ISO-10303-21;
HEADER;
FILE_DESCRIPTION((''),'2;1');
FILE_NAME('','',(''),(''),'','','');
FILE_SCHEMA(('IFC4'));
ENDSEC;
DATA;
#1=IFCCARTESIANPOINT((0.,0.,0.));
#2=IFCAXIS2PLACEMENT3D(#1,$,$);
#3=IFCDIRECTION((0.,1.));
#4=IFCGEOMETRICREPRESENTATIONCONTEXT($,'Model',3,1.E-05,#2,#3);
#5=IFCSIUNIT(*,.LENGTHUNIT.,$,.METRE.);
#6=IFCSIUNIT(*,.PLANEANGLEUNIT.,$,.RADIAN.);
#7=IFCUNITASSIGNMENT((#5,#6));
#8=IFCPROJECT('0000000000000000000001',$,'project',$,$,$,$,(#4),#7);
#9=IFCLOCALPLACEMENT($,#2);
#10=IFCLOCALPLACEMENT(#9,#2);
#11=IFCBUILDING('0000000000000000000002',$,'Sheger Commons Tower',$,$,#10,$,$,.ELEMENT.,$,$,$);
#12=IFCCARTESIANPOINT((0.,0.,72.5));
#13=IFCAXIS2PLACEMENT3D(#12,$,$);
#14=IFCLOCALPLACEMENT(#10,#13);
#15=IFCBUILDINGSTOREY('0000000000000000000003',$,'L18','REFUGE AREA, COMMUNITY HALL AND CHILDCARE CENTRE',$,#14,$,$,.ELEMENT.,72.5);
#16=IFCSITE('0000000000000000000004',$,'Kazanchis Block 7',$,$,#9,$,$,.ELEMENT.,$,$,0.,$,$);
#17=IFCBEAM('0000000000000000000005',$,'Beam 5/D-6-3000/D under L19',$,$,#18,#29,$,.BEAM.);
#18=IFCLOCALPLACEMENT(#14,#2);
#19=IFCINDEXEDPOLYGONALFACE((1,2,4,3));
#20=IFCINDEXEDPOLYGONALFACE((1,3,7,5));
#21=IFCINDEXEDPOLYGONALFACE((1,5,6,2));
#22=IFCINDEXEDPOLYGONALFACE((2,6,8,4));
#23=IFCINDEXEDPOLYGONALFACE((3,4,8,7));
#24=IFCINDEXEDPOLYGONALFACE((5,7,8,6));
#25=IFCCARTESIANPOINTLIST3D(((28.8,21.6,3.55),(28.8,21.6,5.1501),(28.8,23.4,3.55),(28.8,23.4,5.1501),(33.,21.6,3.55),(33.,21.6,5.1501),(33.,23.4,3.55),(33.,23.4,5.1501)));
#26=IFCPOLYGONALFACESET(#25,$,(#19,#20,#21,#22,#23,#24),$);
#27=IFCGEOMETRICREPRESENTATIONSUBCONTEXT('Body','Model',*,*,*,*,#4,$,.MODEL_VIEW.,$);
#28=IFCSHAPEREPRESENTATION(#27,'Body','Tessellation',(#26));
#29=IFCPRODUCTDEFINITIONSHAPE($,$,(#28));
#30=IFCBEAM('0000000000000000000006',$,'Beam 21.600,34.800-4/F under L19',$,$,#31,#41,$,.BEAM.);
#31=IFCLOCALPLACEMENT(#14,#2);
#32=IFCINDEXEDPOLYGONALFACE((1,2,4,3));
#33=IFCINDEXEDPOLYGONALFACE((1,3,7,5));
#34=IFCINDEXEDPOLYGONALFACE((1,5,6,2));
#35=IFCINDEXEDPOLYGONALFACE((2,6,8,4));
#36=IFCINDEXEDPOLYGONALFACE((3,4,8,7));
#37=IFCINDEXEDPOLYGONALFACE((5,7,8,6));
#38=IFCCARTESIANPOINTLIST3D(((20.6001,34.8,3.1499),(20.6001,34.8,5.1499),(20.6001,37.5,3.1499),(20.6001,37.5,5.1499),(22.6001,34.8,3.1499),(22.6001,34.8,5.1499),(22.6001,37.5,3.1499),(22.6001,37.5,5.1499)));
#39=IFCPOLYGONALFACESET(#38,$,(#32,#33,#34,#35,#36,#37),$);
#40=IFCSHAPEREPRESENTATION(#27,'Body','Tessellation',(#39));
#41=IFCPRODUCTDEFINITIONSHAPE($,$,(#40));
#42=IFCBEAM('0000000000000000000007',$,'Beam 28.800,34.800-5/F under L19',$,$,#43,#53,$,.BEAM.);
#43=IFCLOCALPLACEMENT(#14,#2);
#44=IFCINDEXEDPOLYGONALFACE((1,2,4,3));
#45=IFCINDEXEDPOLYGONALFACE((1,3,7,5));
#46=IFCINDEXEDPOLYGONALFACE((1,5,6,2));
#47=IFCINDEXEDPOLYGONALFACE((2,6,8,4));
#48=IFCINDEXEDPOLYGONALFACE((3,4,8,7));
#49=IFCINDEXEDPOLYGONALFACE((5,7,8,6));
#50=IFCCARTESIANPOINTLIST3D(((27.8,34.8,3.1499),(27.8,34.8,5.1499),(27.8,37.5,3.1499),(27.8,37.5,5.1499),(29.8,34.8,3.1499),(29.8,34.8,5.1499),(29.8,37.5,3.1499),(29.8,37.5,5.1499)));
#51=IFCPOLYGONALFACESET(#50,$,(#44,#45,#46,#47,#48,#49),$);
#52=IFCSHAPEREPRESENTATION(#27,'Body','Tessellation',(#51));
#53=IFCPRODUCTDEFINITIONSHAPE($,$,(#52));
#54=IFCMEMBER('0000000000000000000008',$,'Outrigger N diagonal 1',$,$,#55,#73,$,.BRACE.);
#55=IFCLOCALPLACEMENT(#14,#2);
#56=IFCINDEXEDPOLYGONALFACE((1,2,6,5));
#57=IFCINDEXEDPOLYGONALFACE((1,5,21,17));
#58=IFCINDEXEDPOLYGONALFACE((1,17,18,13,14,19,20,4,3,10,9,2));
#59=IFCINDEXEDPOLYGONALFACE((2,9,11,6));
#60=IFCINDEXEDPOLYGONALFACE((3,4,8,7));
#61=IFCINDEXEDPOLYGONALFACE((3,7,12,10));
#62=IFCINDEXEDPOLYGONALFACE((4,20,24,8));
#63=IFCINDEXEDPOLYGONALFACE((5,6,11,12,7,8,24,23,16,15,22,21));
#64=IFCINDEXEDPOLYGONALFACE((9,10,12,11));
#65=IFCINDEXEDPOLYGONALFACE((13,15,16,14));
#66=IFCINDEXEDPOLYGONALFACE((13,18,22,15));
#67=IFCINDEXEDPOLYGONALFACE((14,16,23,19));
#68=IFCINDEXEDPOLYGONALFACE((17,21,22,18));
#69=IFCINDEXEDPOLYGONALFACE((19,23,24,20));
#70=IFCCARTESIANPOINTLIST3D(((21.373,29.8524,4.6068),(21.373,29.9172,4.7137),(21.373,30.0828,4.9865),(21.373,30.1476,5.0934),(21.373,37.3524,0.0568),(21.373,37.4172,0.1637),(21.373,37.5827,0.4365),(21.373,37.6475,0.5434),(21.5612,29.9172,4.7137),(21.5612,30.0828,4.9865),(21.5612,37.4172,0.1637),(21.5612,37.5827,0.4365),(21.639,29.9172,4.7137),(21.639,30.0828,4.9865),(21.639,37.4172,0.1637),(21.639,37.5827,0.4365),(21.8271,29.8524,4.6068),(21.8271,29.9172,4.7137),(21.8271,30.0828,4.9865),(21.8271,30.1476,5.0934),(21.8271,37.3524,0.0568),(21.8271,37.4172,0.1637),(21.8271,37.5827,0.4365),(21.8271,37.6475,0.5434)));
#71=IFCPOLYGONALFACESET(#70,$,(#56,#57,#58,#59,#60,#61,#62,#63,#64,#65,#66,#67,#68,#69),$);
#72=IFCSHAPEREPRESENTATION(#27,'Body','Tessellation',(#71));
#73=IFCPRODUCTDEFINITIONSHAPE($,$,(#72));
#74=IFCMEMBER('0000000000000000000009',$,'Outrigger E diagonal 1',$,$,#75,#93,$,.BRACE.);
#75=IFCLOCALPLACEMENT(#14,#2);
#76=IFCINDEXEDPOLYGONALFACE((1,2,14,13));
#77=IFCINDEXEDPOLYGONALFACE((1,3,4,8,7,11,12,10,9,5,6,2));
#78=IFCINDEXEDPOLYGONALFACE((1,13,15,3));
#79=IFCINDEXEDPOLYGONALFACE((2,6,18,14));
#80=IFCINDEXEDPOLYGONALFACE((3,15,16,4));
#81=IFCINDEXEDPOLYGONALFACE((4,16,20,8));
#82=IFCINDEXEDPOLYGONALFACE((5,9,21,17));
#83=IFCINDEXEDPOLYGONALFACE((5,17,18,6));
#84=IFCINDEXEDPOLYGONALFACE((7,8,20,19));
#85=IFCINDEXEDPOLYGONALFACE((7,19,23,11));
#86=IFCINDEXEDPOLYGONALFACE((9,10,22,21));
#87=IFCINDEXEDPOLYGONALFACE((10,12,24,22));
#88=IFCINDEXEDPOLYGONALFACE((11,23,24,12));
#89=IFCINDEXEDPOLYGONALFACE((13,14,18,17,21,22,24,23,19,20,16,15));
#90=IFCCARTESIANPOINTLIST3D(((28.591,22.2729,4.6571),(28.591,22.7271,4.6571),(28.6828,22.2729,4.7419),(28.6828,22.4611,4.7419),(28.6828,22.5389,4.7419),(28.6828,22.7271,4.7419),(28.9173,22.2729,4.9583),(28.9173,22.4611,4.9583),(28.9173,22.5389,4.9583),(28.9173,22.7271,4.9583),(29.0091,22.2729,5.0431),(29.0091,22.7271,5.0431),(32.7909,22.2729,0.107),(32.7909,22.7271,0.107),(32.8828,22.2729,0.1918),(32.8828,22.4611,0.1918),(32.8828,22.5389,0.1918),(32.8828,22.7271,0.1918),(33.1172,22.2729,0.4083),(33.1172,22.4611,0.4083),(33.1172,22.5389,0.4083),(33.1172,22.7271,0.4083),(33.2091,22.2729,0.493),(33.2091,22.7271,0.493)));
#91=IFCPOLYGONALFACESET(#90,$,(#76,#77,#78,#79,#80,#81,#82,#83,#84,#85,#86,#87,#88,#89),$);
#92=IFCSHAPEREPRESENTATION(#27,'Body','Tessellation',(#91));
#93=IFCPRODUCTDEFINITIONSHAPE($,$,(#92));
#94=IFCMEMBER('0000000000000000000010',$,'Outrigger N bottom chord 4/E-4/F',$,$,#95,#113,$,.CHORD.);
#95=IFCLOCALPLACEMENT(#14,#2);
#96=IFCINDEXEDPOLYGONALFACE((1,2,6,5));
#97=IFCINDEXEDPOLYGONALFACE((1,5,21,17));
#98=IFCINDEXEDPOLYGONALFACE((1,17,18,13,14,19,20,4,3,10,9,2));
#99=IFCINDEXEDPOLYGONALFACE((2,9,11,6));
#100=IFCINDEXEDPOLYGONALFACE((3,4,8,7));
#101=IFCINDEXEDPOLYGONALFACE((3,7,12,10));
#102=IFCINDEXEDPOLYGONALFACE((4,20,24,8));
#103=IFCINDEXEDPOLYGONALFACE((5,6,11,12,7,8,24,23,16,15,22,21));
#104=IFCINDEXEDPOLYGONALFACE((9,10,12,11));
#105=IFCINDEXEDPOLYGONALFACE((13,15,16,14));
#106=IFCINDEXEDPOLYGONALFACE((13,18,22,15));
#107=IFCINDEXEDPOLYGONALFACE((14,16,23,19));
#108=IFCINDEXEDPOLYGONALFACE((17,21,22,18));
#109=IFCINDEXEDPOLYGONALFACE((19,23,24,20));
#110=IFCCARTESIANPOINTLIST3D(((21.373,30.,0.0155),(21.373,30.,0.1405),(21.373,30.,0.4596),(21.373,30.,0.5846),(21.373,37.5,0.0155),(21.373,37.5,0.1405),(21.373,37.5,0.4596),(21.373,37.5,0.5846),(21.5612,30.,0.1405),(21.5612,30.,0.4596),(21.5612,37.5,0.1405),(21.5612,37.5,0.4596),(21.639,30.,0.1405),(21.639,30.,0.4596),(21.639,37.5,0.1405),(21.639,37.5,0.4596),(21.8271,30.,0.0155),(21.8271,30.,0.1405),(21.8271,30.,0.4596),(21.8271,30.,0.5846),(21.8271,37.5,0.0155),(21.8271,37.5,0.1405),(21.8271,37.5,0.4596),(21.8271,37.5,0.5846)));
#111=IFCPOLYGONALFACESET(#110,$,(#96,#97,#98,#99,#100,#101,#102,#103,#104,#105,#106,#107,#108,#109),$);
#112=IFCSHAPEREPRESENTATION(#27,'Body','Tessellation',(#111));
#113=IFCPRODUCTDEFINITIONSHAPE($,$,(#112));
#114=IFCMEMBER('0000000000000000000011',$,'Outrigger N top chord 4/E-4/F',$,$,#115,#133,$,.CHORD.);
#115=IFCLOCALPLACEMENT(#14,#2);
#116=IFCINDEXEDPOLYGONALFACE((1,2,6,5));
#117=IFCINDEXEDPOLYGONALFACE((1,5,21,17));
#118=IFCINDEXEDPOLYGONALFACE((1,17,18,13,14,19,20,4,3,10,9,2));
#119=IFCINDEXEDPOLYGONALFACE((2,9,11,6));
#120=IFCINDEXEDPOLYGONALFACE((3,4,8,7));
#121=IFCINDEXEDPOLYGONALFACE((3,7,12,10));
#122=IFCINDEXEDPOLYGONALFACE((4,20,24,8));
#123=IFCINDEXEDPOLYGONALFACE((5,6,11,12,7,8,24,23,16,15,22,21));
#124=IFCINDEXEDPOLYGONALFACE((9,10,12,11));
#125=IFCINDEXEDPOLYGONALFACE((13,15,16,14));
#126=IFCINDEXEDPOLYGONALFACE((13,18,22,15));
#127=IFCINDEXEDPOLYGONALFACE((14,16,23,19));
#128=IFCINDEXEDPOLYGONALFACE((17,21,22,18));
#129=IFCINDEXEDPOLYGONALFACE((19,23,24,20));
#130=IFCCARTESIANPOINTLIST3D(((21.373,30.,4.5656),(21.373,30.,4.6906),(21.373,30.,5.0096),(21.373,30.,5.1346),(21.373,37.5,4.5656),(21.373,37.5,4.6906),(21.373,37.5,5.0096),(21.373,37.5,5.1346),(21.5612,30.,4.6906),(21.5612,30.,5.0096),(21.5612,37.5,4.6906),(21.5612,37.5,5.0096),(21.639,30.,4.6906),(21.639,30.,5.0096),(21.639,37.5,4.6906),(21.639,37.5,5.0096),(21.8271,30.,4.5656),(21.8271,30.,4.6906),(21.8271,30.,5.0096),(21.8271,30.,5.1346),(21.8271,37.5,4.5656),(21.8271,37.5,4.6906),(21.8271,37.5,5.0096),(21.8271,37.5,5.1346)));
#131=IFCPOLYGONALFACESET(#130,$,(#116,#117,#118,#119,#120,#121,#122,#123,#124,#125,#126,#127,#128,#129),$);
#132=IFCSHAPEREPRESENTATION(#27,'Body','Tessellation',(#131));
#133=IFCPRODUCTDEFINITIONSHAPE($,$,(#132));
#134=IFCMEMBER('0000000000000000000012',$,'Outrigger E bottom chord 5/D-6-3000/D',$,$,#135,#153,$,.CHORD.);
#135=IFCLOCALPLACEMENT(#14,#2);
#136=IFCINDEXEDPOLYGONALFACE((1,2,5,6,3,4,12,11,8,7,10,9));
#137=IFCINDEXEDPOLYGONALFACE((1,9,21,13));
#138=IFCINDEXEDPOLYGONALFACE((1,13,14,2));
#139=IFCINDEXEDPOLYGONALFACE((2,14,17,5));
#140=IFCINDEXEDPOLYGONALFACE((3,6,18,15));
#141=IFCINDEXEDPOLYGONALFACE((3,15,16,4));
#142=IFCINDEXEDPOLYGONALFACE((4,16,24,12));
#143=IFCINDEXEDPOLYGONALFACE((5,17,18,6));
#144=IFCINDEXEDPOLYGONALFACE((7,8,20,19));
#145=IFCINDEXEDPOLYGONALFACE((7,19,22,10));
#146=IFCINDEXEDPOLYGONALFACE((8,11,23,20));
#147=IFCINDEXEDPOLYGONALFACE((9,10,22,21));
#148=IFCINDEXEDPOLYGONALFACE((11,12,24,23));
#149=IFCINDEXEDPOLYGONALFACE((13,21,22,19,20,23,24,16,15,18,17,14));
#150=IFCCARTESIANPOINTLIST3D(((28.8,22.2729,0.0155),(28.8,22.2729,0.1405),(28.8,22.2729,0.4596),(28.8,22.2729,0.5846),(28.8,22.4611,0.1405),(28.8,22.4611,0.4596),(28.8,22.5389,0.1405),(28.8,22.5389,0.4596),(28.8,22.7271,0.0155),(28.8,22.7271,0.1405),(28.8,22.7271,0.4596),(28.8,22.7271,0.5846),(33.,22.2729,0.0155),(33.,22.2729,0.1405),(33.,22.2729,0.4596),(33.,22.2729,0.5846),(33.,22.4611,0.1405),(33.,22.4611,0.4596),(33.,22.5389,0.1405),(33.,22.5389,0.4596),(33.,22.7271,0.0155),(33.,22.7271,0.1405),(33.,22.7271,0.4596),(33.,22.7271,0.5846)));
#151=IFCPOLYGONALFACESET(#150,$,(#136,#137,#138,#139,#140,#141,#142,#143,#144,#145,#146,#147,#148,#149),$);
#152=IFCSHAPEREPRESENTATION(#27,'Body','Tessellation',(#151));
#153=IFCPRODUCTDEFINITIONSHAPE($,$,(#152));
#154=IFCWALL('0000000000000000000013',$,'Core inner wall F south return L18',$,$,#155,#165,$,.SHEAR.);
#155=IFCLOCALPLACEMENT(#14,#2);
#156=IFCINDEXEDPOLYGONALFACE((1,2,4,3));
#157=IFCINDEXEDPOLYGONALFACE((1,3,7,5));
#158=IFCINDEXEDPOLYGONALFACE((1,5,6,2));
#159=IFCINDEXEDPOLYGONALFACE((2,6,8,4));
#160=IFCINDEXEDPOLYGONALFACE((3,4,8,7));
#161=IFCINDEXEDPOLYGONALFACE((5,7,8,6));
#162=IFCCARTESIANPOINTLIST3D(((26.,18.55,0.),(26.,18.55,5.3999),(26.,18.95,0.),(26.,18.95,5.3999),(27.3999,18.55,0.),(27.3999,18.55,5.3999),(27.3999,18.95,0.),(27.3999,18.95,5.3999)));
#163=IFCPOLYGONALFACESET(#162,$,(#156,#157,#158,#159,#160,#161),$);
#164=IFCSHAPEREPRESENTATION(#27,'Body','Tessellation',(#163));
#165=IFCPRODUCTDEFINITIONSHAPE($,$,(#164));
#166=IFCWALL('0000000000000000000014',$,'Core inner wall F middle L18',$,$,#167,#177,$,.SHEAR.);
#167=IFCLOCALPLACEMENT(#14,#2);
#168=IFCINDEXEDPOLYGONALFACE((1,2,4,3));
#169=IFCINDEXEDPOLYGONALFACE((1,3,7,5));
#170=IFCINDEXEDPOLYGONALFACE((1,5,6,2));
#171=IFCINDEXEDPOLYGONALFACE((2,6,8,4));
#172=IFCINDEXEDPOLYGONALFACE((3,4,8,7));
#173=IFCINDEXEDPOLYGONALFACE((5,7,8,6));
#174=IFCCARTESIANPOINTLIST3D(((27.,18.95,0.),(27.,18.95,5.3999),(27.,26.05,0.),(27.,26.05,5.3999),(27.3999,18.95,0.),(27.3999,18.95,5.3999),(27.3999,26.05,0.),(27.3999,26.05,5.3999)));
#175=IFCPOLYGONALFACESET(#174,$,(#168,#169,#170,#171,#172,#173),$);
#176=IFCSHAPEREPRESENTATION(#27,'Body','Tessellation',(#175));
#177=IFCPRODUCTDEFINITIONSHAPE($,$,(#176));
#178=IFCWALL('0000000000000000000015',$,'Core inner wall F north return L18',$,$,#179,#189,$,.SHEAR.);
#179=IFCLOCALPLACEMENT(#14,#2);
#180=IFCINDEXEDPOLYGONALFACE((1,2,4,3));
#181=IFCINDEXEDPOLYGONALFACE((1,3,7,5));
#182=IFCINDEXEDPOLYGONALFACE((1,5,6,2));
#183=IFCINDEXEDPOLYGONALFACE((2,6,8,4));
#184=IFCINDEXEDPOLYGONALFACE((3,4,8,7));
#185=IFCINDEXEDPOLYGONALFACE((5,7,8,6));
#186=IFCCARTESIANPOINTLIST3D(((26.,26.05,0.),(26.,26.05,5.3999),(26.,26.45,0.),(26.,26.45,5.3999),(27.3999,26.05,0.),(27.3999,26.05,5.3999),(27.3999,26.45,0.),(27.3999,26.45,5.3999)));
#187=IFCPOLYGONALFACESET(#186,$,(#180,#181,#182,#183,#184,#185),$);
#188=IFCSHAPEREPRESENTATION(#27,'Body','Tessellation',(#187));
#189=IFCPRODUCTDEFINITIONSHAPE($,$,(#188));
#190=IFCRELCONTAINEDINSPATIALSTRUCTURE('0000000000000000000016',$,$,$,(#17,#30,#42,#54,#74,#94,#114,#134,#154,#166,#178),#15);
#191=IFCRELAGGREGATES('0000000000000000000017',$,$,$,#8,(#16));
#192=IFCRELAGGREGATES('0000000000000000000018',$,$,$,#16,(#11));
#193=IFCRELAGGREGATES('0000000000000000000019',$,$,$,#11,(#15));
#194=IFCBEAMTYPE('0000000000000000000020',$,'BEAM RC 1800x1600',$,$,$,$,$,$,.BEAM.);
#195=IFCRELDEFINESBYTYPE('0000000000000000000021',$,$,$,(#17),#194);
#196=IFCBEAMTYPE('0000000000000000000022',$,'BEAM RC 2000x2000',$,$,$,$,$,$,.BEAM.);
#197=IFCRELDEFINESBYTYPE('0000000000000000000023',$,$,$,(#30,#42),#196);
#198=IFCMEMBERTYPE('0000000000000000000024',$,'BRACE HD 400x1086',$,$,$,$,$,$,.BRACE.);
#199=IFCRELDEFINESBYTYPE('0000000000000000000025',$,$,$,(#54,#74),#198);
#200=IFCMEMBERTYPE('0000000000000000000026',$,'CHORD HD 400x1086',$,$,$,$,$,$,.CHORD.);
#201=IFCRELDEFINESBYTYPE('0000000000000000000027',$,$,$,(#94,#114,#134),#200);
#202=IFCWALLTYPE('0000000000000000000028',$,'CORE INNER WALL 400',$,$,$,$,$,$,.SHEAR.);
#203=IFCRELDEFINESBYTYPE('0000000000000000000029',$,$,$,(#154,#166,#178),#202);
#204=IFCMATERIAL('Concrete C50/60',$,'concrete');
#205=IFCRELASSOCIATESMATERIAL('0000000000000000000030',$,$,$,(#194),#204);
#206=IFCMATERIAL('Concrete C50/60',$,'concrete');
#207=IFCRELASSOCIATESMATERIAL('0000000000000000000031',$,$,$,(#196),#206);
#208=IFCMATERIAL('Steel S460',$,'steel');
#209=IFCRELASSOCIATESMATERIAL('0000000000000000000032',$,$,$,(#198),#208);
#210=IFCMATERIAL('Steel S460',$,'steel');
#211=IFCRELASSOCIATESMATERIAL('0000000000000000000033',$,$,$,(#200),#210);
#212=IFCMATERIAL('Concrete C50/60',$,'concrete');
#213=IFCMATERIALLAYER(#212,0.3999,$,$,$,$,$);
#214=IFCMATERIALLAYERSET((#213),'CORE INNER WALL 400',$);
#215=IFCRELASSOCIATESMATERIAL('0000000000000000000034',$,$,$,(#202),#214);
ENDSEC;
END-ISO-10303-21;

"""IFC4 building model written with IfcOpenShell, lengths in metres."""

from ifc_helpers import new_model, si_unit, direction, frame, frame_2d, origin, origin_2d, place, context, subcontext, project, spatial, rectangle, i_section, extrude, material, layer, layer_set, material_profile, profile_set, type_object, element, save


model = new_model("IFC4")

# Units and contexts
model_context = context("Model", 3, precision=1e-05, world=origin(), true_north=direction((0.0, 1.0)))
body_context = subcontext(model_context, "Body", "Model", "MODEL_VIEW")
ifc_project = project(units=[si_unit("LENGTHUNIT", "METRE"), si_unit("PLANEANGLEUNIT", "RADIAN")], contexts=[model_context])

# Site, building, storey
site_placement = place(None, origin())
site = spatial("IfcSite", under=ifc_project, at=site_placement, Name="Kazanchis Block 7", CompositionType="ELEMENT", RefElevation=0.0)
building_placement = place(site_placement, origin())
building = spatial("IfcBuilding", under=site, at=building_placement, Name="Sheger Commons Tower", CompositionType="ELEMENT")
storey_placement = place(building_placement, frame((0.0, 0.0, 72.5)))
storey = spatial("IfcBuildingStorey", under=building, at=storey_placement, Name="L18", Description="REFUGE AREA, COMMUNITY HALL AND CHILDCARE CENTRE", CompositionType="ELEMENT", Elevation=72.5)

# Beams
ifc_material_1 = material(Name="Concrete C50/60", Category="concrete")
ifc_material_profile_1 = material_profile(ifc_material_1, rectangle(XDim=1.8, YDim=1.6001, at=origin_2d()), Name="RC 1800x1600")
ifc_profile_set_1 = profile_set([ifc_material_profile_1], Name="Concrete C50/60")
beam_type_1 = type_object("IfcBeamType", Name="BEAM RC 1800x1600", PredefinedType="BEAM", material=ifc_profile_set_1)
beam_placement = place(storey_placement, frame((28.8, 22.5, 4.3501), z_axis=(1.0, 0.0, 0.0), x_axis=(0.0, 1.0, 0.0)))
element("IfcBeam", 1, at=beam_placement, inside=storey, type_object=beam_type_1, Name="Beam 5/D-6-3000/D under L19", PredefinedType="BEAM", context=body_context, shape_type="SweptSolid", body=[
    extrude(rectangle(XDim=1.8, YDim=1.6001, at=origin_2d()), origin(), (0.0, 0.0, 1.0), 4.2),
])
ifc_material_2 = material(Name="Concrete C50/60", Category="concrete")
ifc_material_profile_2 = material_profile(ifc_material_2, rectangle(XDim=2.0, YDim=2.0, at=origin_2d()), Name="RC 2000x2000")
ifc_profile_set_2 = profile_set([ifc_material_profile_2], Name="Concrete C50/60")
beam_type_2 = type_object("IfcBeamType", Name="BEAM RC 2000x2000", PredefinedType="BEAM", material=ifc_profile_set_2)
for number, where, z_axis, x_axis, name in (
    (2, (21.6001, 34.8, 4.1499), (0.0, 1.0, 0.0), (-1.0, 0.0, 0.0), "Beam 21.600,34.800-4/F under L19"),
    (3, (28.8, 34.8, 4.1499), (0.0, 1.0, 0.0), (-1.0, 0.0, 0.0), "Beam 28.800,34.800-5/F under L19"),
):
    element("IfcBeam", number, at=place(storey_placement, frame(where, z_axis=z_axis, x_axis=x_axis)), inside=storey, type_object=beam_type_2, Name=name, PredefinedType="BEAM", context=body_context, shape_type="SweptSolid", body=[
        extrude(rectangle(XDim=2.0, YDim=2.0, at=origin_2d()), origin(), (0.0, 0.0, 1.0), 2.7),
    ])

# Members
ifc_material_3 = material(Name="Steel S460", Category="steel")
ifc_material_profile_3 = material_profile(ifc_material_3, i_section(OverallWidth=0.4541, OverallDepth=0.5691, WebThickness=0.0779, FlangeThickness=0.125, at=origin_2d()), Name="HD 400x1086")
ifc_profile_set_3 = profile_set([ifc_material_profile_3], Name="Steel S460")
member_type_1 = type_object("IfcMemberType", Name="BRACE HD 400x1086", PredefinedType="BRACE", material=ifc_profile_set_3)
member_1_placement = place(storey_placement, frame((21.6001, 30.0, 4.8501), z_axis=(0.0, 0.854966, -0.518685), x_axis=(-1.0, 0.0, 0.0)))
element("IfcMember", 4, at=member_1_placement, inside=storey, type_object=member_type_1, Name="Outrigger N diagonal 1", PredefinedType="BRACE", context=body_context, shape_type="SweptSolid", body=[
    extrude(i_section(OverallWidth=0.4541, OverallDepth=0.5691, WebThickness=0.0779, FlangeThickness=0.125, at=origin_2d()), origin(), (0.0, 0.0, 1.0), 8.7722),
])
member_2_placement = place(storey_placement, frame((28.8, 22.5, 4.8501), z_axis=(0.678272, 0.0, -0.734811), x_axis=(0.0, 1.0, 0.0)))
element("IfcMember", 5, at=member_2_placement, inside=storey, type_object=member_type_1, Name="Outrigger E diagonal 1", PredefinedType="BRACE", context=body_context, shape_type="SweptSolid", body=[
    extrude(i_section(OverallWidth=0.4541, OverallDepth=0.5691, WebThickness=0.0779, FlangeThickness=0.125, at=origin_2d()), origin(), (0.0, 0.0, 1.0), 6.1921),
])
ifc_material_4 = material(Name="Steel S460", Category="steel")
ifc_material_profile_4 = material_profile(ifc_material_4, i_section(OverallWidth=0.4541, OverallDepth=0.5691, WebThickness=0.0779, FlangeThickness=0.125, at=origin_2d()), Name="HD 400x1086")
ifc_profile_set_4 = profile_set([ifc_material_profile_4], Name="Steel S460")
member_type_2 = type_object("IfcMemberType", Name="CHORD HD 400x1086", PredefinedType="CHORD", material=ifc_profile_set_4)
for number, where, z_axis, x_axis, name in (
    (6, (21.6001, 30.0, 0.3), (0.0, 1.0, 0.0), (-1.0, 0.0, 0.0), "Outrigger N bottom chord 4/E-4/F"),
    (7, (21.6001, 30.0, 4.8501), (0.0, 1.0, 0.0), (-1.0, 0.0, 0.0), "Outrigger N top chord 4/E-4/F"),
):
    element("IfcMember", number, at=place(storey_placement, frame(where, z_axis=z_axis, x_axis=x_axis)), inside=storey, type_object=member_type_2, Name=name, PredefinedType="CHORD", context=body_context, shape_type="SweptSolid", body=[
        extrude(i_section(OverallWidth=0.4541, OverallDepth=0.5691, WebThickness=0.0779, FlangeThickness=0.125, at=origin_2d()), origin(), (0.0, 0.0, 1.0), 7.5),
    ])
member_3_placement = place(storey_placement, frame((28.8, 22.5, 0.3), z_axis=(1.0, 0.0, 0.0), x_axis=(0.0, 1.0, 0.0)))
element("IfcMember", 8, at=member_3_placement, inside=storey, type_object=member_type_2, Name="Outrigger E bottom chord 5/D-6-3000/D", PredefinedType="CHORD", context=body_context, shape_type="SweptSolid", body=[
    extrude(i_section(OverallWidth=0.4541, OverallDepth=0.5691, WebThickness=0.0779, FlangeThickness=0.125, at=origin_2d()), origin(), (0.0, 0.0, 1.0), 4.2),
])

# Walls
ifc_material_5 = material(Name="Concrete C50/60", Category="concrete")
ifc_layer_1 = layer(ifc_material_5, 0.3999)
ifc_layer_set_1 = layer_set([ifc_layer_1], Name="CORE INNER WALL 400")
wall_type_1 = type_object("IfcWallType", Name="CORE INNER WALL 400", PredefinedType="SHEAR", material=ifc_layer_set_1)
wall_1_placement = place(storey_placement, frame((26.0, 18.75, 0.0), z_axis=(0.0, 0.0, 1.0), x_axis=(1.0, 0.0, 0.0)))
element("IfcWall", 9, at=wall_1_placement, inside=storey, type_object=wall_type_1, Name="Core inner wall F south return L18", PredefinedType="SHEAR", context=body_context, shape_type="SweptSolid", body=[
    extrude(rectangle(XDim=1.3999, YDim=0.3999, at=frame_2d((0.7, 0.0))), origin(), (0.0, 0.0, 1.0), 5.3999),
])
wall_2_placement = place(storey_placement, frame((27.2, 18.95, 0.0), z_axis=(0.0, 0.0, 1.0), x_axis=(0.0, 1.0, 0.0)))
element("IfcWall", 10, at=wall_2_placement, inside=storey, type_object=wall_type_1, Name="Core inner wall F middle L18", PredefinedType="SHEAR", context=body_context, shape_type="SweptSolid", body=[
    extrude(rectangle(XDim=7.1001, YDim=0.3999, at=frame_2d((3.55, 0.0))), origin(), (0.0, 0.0, 1.0), 5.3999),
])
wall_3_placement = place(storey_placement, frame((26.0, 26.25, 0.0), z_axis=(0.0, 0.0, 1.0), x_axis=(1.0, 0.0, 0.0)))
element("IfcWall", 11, at=wall_3_placement, inside=storey, type_object=wall_type_1, Name="Core inner wall F north return L18", PredefinedType="SHEAR", context=body_context, shape_type="SweptSolid", body=[
    extrude(rectangle(XDim=1.3999, YDim=0.3999, at=frame_2d((0.7, 0.0))), origin(), (0.0, 0.0, 1.0), 5.3999),
])

save(model, "model.ifc")
